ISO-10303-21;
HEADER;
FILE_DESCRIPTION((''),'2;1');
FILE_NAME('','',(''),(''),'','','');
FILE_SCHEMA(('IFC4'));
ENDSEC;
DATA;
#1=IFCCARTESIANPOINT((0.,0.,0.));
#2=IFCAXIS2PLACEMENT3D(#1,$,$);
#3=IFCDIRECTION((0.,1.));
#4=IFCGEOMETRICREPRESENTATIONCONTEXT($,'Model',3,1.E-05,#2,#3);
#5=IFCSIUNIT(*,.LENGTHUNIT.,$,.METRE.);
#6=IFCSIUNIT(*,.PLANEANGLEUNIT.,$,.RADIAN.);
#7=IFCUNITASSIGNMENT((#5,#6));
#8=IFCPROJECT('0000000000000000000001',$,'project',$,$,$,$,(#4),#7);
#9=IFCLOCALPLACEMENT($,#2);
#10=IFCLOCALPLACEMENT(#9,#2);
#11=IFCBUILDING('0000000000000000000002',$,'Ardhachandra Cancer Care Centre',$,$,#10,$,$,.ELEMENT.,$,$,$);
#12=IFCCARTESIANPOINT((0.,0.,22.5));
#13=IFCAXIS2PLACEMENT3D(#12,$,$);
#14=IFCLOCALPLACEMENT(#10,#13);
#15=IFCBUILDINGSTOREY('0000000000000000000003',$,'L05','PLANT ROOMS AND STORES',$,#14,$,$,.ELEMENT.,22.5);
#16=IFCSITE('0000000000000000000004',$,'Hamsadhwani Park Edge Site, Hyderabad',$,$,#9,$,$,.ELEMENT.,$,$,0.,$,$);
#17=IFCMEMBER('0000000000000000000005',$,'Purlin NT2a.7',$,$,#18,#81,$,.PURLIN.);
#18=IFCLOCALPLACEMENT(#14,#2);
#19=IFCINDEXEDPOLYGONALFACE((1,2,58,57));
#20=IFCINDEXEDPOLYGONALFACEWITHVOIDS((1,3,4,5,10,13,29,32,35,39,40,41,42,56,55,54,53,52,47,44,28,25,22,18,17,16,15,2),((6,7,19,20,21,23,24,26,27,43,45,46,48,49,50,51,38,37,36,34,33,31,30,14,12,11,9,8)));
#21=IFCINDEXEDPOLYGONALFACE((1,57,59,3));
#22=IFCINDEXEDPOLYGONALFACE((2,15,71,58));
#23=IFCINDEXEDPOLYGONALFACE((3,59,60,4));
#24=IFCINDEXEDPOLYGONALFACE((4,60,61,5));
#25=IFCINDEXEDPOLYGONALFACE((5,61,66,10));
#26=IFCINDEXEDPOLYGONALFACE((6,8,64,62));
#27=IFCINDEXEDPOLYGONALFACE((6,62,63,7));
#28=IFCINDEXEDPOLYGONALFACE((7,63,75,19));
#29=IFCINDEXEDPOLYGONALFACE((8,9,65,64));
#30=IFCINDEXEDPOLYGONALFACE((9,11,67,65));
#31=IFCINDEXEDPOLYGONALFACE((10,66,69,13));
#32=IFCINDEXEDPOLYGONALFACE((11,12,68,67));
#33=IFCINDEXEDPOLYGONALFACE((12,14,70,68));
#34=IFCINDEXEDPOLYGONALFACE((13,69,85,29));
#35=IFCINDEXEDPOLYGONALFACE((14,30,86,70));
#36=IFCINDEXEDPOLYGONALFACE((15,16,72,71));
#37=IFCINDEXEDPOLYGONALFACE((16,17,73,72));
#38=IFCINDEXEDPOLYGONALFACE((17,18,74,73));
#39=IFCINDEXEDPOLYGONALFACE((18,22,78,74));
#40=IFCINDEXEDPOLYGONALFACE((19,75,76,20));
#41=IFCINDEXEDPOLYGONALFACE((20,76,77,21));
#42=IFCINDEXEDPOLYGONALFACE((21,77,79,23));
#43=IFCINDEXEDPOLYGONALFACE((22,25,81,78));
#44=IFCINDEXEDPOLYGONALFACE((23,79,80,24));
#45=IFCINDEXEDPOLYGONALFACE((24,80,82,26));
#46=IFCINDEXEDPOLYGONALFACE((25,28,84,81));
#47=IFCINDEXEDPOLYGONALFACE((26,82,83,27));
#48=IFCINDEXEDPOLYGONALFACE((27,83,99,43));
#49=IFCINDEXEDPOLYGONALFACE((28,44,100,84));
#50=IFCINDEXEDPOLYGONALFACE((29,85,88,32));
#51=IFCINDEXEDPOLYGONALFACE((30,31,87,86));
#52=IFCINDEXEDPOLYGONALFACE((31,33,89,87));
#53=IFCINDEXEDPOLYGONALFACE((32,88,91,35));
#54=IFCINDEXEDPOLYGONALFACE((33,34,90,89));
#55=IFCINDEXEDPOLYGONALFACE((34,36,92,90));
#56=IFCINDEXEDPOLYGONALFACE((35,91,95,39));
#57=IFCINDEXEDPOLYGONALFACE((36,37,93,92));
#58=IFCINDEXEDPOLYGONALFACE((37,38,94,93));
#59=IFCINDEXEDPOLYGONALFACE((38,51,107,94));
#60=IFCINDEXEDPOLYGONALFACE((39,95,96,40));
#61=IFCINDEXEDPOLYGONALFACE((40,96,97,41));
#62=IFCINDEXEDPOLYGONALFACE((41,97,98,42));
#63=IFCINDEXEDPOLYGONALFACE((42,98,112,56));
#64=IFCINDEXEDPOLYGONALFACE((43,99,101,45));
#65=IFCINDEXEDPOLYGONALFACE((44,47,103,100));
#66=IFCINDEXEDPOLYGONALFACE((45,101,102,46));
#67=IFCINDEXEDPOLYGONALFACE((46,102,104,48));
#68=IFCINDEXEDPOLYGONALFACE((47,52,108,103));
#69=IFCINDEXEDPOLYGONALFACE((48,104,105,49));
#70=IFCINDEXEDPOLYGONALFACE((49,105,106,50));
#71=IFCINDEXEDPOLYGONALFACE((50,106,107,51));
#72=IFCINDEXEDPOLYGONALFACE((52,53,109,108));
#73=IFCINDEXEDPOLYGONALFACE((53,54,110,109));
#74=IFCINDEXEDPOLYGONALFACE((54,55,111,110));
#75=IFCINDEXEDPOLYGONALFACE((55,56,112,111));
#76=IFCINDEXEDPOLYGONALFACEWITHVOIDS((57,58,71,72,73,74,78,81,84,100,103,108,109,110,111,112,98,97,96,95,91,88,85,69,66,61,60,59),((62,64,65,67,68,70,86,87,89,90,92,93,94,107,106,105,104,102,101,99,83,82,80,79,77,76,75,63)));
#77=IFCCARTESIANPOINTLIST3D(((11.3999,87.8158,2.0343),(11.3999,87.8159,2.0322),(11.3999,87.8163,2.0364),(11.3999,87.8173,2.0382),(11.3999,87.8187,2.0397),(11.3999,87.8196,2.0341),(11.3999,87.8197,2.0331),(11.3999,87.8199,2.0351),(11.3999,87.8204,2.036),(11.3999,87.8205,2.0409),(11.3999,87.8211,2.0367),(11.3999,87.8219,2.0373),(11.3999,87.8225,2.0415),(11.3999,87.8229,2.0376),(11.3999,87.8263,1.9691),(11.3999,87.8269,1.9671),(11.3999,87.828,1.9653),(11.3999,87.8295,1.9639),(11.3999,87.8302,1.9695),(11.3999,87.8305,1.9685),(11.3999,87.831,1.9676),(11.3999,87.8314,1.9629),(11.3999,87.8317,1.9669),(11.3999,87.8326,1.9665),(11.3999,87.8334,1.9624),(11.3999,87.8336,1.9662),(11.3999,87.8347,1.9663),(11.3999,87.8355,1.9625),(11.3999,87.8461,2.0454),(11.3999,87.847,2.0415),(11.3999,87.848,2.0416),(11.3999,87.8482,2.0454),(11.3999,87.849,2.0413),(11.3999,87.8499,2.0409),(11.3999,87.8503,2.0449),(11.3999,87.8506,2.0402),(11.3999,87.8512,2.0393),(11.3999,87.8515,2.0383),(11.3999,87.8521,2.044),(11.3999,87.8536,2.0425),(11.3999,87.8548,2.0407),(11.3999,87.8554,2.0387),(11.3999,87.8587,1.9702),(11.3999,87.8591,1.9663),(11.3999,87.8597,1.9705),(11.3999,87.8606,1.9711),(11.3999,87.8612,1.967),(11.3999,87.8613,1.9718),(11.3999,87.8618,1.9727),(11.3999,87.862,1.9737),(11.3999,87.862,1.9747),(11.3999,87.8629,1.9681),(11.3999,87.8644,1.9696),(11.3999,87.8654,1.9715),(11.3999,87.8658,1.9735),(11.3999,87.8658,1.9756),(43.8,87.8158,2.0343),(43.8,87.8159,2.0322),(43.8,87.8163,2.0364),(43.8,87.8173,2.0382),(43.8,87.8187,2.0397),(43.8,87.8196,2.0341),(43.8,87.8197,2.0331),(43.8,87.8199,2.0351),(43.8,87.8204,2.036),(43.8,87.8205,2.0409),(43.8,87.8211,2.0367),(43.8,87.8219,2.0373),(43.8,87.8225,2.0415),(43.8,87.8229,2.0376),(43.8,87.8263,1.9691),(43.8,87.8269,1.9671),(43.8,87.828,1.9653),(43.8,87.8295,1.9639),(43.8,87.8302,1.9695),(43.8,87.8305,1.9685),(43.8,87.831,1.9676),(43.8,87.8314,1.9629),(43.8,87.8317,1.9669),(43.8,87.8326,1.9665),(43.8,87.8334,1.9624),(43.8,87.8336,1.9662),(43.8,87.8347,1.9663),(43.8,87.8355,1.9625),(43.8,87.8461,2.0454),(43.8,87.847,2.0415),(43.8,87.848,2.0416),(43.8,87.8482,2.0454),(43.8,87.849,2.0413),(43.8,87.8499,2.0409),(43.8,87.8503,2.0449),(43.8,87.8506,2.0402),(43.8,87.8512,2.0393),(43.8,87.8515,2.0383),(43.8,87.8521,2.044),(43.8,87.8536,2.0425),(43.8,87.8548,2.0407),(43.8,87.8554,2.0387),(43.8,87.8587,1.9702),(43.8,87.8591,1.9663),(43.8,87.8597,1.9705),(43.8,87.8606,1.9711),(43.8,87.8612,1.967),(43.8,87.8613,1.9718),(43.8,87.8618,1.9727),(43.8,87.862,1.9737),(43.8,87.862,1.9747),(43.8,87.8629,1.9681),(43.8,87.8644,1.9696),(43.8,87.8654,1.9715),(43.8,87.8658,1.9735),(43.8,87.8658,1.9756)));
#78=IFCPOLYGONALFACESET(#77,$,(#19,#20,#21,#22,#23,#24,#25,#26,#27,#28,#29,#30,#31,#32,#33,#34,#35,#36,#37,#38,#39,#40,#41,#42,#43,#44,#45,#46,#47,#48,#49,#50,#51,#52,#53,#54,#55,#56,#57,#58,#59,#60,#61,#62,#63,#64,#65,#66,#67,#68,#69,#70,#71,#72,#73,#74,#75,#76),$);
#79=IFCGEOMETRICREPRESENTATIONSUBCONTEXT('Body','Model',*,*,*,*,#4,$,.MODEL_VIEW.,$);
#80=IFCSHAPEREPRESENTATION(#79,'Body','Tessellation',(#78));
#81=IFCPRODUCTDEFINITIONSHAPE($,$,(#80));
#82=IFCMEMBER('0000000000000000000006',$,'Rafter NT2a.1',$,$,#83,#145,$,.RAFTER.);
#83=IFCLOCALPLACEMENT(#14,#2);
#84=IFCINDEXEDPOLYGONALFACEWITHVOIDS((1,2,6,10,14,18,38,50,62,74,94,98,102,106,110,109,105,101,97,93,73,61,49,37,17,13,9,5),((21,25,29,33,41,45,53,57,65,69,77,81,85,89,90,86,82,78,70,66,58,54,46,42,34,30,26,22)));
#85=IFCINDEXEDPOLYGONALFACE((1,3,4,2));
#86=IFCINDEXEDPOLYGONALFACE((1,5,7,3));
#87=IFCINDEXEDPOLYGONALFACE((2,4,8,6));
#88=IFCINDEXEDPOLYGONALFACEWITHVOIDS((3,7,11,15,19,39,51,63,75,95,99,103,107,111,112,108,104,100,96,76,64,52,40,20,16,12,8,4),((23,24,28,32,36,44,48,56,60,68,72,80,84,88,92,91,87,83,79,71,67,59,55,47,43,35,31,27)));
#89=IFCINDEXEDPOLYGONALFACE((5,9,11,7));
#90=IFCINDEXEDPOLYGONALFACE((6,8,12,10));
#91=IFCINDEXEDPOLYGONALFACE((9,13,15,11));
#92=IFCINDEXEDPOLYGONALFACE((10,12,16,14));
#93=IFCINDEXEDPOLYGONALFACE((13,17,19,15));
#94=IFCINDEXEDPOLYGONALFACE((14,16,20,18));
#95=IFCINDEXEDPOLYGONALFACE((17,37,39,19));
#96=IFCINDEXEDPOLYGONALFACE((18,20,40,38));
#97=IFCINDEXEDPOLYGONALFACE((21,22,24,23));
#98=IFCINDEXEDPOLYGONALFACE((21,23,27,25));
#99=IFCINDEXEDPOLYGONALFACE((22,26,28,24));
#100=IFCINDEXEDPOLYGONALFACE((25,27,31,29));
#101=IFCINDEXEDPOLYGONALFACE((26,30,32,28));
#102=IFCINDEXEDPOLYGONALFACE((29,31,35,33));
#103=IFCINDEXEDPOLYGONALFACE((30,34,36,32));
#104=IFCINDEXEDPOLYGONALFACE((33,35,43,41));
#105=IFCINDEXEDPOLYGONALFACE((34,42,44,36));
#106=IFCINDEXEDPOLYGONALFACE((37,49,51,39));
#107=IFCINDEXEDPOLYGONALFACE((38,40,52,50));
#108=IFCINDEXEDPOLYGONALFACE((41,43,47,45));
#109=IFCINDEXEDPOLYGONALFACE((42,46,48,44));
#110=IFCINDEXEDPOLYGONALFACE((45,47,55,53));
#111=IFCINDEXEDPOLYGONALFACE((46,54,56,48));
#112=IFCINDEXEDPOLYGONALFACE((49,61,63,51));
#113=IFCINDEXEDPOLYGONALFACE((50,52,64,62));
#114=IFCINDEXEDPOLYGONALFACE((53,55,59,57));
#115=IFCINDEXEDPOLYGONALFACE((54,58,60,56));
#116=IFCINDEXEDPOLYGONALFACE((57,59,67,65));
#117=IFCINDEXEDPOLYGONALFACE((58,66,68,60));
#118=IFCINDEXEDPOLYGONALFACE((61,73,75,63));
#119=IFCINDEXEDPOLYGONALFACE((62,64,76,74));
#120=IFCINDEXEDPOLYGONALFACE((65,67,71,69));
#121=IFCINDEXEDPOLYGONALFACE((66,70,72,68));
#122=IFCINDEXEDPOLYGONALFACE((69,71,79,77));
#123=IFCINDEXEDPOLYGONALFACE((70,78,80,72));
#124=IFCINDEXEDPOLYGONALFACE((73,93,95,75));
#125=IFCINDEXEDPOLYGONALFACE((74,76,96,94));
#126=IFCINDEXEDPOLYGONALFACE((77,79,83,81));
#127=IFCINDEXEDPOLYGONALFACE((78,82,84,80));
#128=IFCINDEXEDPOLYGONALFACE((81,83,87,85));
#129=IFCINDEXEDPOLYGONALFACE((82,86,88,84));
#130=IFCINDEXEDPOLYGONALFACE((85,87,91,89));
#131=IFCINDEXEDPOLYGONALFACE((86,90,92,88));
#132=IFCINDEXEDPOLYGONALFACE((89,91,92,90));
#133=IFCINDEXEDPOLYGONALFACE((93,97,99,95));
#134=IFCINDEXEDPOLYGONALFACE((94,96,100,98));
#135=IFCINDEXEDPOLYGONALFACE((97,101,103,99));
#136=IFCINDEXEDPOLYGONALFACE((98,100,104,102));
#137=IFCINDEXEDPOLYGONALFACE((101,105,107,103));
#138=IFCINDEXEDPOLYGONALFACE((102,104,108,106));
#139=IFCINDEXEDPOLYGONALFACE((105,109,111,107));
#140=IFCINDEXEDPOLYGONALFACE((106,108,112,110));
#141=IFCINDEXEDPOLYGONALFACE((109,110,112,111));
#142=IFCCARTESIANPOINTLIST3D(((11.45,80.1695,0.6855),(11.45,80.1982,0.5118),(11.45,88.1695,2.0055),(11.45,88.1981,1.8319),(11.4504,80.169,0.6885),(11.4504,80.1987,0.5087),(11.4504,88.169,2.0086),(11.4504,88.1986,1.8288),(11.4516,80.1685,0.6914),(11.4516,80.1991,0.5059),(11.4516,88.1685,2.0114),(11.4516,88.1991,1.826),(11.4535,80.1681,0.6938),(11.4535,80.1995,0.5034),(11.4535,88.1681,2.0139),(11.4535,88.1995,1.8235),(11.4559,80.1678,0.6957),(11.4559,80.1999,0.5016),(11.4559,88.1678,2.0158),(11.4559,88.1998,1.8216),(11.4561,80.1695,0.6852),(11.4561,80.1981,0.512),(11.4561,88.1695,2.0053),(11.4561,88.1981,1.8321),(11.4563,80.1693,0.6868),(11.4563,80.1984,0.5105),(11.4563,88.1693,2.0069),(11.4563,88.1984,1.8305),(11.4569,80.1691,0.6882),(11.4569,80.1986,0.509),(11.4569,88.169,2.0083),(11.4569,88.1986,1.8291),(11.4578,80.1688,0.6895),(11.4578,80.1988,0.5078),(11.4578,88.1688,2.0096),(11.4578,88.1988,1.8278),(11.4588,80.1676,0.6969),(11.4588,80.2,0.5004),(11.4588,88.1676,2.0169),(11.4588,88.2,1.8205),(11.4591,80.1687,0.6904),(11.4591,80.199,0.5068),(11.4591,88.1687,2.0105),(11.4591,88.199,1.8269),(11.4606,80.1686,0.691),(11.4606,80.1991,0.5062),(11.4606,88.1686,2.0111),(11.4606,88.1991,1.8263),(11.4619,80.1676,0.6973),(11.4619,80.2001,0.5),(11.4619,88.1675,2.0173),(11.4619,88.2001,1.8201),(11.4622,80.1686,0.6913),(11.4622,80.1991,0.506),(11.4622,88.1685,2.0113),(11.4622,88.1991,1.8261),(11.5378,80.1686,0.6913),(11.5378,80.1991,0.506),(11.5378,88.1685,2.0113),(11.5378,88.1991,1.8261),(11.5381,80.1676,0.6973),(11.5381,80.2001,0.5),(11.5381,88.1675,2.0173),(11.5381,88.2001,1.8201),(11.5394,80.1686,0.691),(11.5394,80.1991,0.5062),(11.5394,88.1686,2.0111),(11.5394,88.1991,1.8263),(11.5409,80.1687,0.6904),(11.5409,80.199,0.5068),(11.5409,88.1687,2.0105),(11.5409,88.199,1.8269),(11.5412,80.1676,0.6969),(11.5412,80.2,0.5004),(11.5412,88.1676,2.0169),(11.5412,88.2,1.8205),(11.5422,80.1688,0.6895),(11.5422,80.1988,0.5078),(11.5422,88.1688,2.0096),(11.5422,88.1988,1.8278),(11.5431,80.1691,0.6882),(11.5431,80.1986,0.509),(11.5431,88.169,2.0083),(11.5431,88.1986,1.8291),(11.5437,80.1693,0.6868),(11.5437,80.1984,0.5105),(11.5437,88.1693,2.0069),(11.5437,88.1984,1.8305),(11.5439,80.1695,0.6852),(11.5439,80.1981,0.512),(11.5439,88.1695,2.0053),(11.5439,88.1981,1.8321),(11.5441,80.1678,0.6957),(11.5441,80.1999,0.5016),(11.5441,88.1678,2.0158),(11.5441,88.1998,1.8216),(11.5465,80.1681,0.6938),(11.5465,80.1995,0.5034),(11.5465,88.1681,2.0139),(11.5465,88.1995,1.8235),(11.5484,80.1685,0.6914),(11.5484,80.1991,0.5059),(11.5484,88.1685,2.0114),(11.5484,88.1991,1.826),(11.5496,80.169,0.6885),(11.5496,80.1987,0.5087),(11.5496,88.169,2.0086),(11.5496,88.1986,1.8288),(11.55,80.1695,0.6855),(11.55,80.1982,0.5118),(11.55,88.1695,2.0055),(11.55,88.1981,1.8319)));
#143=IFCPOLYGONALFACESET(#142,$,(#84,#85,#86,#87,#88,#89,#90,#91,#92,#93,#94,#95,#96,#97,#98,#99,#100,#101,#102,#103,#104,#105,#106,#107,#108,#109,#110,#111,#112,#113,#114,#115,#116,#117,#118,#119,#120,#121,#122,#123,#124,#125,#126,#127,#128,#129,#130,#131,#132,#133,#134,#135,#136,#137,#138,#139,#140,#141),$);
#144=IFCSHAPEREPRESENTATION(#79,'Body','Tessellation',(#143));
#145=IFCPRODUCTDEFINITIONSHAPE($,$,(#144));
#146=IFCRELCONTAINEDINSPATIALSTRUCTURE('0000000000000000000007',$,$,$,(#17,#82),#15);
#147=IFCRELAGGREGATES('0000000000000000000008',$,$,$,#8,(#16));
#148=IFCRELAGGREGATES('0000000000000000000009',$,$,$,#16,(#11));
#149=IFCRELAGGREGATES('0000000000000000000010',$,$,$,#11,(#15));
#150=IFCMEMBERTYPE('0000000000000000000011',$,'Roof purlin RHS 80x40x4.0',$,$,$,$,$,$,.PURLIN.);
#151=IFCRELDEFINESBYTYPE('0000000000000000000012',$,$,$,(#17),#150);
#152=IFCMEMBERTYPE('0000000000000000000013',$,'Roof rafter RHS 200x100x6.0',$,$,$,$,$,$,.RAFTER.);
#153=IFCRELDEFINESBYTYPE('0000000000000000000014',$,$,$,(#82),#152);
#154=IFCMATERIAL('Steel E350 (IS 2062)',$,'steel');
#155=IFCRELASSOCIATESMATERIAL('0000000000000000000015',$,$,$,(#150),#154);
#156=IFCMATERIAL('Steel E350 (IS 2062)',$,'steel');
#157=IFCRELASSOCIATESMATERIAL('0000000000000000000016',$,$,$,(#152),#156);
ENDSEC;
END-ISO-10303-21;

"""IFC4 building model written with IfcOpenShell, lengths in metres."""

from ifc_helpers import new_model, si_unit, direction, frame, origin, origin_2d, place, context, subcontext, project, spatial, hollow_rectangle, extrude, material, material_profile, profile_set, type_object, element, save


model = new_model("IFC4")

# Units and contexts
model_context = context("Model", 3, precision=1e-05, world=origin(), true_north=direction((0.0, 1.0)))
body_context = subcontext(model_context, "Body", "Model", "MODEL_VIEW")
ifc_project = project(units=[si_unit("LENGTHUNIT", "METRE"), si_unit("PLANEANGLEUNIT", "RADIAN")], contexts=[model_context])

# Site, building, storey
site_placement = place(None, origin())
site = spatial("IfcSite", under=ifc_project, at=site_placement, Name="Hamsadhwani Park Edge Site, Hyderabad", CompositionType="ELEMENT", RefElevation=0.0)
building_placement = place(site_placement, origin())
building = spatial("IfcBuilding", under=site, at=building_placement, Name="Ardhachandra Cancer Care Centre", CompositionType="ELEMENT")
storey_placement = place(building_placement, frame((0.0, 0.0, 22.5)))
storey = spatial("IfcBuildingStorey", under=building, at=storey_placement, Name="L05", Description="PLANT ROOMS AND STORES", CompositionType="ELEMENT", Elevation=22.5)

# Members
ifc_material_1 = material(Name="Steel E350 (IS 2062)", Category="steel")
ifc_material_profile_1 = material_profile(ifc_material_1, hollow_rectangle(XDim=0.04, YDim=0.0801, WallThickness=0.0039, InnerFilletRadius=0.0039, OuterFilletRadius=0.0081, at=origin_2d()), Name="RHS 80x40x4.0")
ifc_profile_set_1 = profile_set([ifc_material_profile_1], Name="Steel E350 (IS 2062)")
member_type_1 = type_object("IfcMemberType", Name="Roof purlin RHS 80x40x4.0", PredefinedType="PURLIN", material=ifc_profile_set_1)
for number, where, z_axis, x_axis, name in (
    (1, (11.3999, 87.8408, 2.0039), (1.0, 0.0, 0.0), (0.0, 0.986659, 0.162799), "Purlin NT2a.7"),
):
    element("IfcMember", number, at=place(storey_placement, frame(where, z_axis=z_axis, x_axis=x_axis)), inside=storey, type_object=member_type_1, Name=name, PredefinedType="PURLIN", context=body_context, shape_type="SweptSolid", body=[
        extrude(hollow_rectangle(XDim=0.04, YDim=0.0801, WallThickness=0.0039, InnerFilletRadius=0.0039, OuterFilletRadius=0.0081, at=origin_2d()), origin(), (0.0, 0.0, 1.0), 32.4001),
    ])
ifc_material_2 = material(Name="Steel E350 (IS 2062)", Category="steel")
ifc_material_profile_2 = material_profile(ifc_material_2, hollow_rectangle(XDim=0.1001, YDim=0.2, WallThickness=0.0061, InnerFilletRadius=0.0061, OuterFilletRadius=0.012, at=origin_2d()), Name="RHS 200x100x6.0")
ifc_profile_set_2 = profile_set([ifc_material_profile_2], Name="Steel E350 (IS 2062)")
member_type_2 = type_object("IfcMemberType", Name="Roof rafter RHS 200x100x6.0", PredefinedType="RAFTER", material=ifc_profile_set_2)
for number, where, z_axis, x_axis, name in (
    (2, (11.5, 80.1838, 0.5986), (0.0, 0.986658, 0.162807), (-1.0, 0.0, 0.0), "Rafter NT2a.1"),
):
    element("IfcMember", number, at=place(storey_placement, frame(where, z_axis=z_axis, x_axis=x_axis)), inside=storey, type_object=member_type_2, Name=name, PredefinedType="RAFTER", context=body_context, shape_type="SweptSolid", body=[
        extrude(hollow_rectangle(XDim=0.1001, YDim=0.2, WallThickness=0.0061, InnerFilletRadius=0.0061, OuterFilletRadius=0.012, at=origin_2d()), origin(), (0.0, 0.0, 1.0), 8.1082),
    ])

save(model, "model.ifc")
